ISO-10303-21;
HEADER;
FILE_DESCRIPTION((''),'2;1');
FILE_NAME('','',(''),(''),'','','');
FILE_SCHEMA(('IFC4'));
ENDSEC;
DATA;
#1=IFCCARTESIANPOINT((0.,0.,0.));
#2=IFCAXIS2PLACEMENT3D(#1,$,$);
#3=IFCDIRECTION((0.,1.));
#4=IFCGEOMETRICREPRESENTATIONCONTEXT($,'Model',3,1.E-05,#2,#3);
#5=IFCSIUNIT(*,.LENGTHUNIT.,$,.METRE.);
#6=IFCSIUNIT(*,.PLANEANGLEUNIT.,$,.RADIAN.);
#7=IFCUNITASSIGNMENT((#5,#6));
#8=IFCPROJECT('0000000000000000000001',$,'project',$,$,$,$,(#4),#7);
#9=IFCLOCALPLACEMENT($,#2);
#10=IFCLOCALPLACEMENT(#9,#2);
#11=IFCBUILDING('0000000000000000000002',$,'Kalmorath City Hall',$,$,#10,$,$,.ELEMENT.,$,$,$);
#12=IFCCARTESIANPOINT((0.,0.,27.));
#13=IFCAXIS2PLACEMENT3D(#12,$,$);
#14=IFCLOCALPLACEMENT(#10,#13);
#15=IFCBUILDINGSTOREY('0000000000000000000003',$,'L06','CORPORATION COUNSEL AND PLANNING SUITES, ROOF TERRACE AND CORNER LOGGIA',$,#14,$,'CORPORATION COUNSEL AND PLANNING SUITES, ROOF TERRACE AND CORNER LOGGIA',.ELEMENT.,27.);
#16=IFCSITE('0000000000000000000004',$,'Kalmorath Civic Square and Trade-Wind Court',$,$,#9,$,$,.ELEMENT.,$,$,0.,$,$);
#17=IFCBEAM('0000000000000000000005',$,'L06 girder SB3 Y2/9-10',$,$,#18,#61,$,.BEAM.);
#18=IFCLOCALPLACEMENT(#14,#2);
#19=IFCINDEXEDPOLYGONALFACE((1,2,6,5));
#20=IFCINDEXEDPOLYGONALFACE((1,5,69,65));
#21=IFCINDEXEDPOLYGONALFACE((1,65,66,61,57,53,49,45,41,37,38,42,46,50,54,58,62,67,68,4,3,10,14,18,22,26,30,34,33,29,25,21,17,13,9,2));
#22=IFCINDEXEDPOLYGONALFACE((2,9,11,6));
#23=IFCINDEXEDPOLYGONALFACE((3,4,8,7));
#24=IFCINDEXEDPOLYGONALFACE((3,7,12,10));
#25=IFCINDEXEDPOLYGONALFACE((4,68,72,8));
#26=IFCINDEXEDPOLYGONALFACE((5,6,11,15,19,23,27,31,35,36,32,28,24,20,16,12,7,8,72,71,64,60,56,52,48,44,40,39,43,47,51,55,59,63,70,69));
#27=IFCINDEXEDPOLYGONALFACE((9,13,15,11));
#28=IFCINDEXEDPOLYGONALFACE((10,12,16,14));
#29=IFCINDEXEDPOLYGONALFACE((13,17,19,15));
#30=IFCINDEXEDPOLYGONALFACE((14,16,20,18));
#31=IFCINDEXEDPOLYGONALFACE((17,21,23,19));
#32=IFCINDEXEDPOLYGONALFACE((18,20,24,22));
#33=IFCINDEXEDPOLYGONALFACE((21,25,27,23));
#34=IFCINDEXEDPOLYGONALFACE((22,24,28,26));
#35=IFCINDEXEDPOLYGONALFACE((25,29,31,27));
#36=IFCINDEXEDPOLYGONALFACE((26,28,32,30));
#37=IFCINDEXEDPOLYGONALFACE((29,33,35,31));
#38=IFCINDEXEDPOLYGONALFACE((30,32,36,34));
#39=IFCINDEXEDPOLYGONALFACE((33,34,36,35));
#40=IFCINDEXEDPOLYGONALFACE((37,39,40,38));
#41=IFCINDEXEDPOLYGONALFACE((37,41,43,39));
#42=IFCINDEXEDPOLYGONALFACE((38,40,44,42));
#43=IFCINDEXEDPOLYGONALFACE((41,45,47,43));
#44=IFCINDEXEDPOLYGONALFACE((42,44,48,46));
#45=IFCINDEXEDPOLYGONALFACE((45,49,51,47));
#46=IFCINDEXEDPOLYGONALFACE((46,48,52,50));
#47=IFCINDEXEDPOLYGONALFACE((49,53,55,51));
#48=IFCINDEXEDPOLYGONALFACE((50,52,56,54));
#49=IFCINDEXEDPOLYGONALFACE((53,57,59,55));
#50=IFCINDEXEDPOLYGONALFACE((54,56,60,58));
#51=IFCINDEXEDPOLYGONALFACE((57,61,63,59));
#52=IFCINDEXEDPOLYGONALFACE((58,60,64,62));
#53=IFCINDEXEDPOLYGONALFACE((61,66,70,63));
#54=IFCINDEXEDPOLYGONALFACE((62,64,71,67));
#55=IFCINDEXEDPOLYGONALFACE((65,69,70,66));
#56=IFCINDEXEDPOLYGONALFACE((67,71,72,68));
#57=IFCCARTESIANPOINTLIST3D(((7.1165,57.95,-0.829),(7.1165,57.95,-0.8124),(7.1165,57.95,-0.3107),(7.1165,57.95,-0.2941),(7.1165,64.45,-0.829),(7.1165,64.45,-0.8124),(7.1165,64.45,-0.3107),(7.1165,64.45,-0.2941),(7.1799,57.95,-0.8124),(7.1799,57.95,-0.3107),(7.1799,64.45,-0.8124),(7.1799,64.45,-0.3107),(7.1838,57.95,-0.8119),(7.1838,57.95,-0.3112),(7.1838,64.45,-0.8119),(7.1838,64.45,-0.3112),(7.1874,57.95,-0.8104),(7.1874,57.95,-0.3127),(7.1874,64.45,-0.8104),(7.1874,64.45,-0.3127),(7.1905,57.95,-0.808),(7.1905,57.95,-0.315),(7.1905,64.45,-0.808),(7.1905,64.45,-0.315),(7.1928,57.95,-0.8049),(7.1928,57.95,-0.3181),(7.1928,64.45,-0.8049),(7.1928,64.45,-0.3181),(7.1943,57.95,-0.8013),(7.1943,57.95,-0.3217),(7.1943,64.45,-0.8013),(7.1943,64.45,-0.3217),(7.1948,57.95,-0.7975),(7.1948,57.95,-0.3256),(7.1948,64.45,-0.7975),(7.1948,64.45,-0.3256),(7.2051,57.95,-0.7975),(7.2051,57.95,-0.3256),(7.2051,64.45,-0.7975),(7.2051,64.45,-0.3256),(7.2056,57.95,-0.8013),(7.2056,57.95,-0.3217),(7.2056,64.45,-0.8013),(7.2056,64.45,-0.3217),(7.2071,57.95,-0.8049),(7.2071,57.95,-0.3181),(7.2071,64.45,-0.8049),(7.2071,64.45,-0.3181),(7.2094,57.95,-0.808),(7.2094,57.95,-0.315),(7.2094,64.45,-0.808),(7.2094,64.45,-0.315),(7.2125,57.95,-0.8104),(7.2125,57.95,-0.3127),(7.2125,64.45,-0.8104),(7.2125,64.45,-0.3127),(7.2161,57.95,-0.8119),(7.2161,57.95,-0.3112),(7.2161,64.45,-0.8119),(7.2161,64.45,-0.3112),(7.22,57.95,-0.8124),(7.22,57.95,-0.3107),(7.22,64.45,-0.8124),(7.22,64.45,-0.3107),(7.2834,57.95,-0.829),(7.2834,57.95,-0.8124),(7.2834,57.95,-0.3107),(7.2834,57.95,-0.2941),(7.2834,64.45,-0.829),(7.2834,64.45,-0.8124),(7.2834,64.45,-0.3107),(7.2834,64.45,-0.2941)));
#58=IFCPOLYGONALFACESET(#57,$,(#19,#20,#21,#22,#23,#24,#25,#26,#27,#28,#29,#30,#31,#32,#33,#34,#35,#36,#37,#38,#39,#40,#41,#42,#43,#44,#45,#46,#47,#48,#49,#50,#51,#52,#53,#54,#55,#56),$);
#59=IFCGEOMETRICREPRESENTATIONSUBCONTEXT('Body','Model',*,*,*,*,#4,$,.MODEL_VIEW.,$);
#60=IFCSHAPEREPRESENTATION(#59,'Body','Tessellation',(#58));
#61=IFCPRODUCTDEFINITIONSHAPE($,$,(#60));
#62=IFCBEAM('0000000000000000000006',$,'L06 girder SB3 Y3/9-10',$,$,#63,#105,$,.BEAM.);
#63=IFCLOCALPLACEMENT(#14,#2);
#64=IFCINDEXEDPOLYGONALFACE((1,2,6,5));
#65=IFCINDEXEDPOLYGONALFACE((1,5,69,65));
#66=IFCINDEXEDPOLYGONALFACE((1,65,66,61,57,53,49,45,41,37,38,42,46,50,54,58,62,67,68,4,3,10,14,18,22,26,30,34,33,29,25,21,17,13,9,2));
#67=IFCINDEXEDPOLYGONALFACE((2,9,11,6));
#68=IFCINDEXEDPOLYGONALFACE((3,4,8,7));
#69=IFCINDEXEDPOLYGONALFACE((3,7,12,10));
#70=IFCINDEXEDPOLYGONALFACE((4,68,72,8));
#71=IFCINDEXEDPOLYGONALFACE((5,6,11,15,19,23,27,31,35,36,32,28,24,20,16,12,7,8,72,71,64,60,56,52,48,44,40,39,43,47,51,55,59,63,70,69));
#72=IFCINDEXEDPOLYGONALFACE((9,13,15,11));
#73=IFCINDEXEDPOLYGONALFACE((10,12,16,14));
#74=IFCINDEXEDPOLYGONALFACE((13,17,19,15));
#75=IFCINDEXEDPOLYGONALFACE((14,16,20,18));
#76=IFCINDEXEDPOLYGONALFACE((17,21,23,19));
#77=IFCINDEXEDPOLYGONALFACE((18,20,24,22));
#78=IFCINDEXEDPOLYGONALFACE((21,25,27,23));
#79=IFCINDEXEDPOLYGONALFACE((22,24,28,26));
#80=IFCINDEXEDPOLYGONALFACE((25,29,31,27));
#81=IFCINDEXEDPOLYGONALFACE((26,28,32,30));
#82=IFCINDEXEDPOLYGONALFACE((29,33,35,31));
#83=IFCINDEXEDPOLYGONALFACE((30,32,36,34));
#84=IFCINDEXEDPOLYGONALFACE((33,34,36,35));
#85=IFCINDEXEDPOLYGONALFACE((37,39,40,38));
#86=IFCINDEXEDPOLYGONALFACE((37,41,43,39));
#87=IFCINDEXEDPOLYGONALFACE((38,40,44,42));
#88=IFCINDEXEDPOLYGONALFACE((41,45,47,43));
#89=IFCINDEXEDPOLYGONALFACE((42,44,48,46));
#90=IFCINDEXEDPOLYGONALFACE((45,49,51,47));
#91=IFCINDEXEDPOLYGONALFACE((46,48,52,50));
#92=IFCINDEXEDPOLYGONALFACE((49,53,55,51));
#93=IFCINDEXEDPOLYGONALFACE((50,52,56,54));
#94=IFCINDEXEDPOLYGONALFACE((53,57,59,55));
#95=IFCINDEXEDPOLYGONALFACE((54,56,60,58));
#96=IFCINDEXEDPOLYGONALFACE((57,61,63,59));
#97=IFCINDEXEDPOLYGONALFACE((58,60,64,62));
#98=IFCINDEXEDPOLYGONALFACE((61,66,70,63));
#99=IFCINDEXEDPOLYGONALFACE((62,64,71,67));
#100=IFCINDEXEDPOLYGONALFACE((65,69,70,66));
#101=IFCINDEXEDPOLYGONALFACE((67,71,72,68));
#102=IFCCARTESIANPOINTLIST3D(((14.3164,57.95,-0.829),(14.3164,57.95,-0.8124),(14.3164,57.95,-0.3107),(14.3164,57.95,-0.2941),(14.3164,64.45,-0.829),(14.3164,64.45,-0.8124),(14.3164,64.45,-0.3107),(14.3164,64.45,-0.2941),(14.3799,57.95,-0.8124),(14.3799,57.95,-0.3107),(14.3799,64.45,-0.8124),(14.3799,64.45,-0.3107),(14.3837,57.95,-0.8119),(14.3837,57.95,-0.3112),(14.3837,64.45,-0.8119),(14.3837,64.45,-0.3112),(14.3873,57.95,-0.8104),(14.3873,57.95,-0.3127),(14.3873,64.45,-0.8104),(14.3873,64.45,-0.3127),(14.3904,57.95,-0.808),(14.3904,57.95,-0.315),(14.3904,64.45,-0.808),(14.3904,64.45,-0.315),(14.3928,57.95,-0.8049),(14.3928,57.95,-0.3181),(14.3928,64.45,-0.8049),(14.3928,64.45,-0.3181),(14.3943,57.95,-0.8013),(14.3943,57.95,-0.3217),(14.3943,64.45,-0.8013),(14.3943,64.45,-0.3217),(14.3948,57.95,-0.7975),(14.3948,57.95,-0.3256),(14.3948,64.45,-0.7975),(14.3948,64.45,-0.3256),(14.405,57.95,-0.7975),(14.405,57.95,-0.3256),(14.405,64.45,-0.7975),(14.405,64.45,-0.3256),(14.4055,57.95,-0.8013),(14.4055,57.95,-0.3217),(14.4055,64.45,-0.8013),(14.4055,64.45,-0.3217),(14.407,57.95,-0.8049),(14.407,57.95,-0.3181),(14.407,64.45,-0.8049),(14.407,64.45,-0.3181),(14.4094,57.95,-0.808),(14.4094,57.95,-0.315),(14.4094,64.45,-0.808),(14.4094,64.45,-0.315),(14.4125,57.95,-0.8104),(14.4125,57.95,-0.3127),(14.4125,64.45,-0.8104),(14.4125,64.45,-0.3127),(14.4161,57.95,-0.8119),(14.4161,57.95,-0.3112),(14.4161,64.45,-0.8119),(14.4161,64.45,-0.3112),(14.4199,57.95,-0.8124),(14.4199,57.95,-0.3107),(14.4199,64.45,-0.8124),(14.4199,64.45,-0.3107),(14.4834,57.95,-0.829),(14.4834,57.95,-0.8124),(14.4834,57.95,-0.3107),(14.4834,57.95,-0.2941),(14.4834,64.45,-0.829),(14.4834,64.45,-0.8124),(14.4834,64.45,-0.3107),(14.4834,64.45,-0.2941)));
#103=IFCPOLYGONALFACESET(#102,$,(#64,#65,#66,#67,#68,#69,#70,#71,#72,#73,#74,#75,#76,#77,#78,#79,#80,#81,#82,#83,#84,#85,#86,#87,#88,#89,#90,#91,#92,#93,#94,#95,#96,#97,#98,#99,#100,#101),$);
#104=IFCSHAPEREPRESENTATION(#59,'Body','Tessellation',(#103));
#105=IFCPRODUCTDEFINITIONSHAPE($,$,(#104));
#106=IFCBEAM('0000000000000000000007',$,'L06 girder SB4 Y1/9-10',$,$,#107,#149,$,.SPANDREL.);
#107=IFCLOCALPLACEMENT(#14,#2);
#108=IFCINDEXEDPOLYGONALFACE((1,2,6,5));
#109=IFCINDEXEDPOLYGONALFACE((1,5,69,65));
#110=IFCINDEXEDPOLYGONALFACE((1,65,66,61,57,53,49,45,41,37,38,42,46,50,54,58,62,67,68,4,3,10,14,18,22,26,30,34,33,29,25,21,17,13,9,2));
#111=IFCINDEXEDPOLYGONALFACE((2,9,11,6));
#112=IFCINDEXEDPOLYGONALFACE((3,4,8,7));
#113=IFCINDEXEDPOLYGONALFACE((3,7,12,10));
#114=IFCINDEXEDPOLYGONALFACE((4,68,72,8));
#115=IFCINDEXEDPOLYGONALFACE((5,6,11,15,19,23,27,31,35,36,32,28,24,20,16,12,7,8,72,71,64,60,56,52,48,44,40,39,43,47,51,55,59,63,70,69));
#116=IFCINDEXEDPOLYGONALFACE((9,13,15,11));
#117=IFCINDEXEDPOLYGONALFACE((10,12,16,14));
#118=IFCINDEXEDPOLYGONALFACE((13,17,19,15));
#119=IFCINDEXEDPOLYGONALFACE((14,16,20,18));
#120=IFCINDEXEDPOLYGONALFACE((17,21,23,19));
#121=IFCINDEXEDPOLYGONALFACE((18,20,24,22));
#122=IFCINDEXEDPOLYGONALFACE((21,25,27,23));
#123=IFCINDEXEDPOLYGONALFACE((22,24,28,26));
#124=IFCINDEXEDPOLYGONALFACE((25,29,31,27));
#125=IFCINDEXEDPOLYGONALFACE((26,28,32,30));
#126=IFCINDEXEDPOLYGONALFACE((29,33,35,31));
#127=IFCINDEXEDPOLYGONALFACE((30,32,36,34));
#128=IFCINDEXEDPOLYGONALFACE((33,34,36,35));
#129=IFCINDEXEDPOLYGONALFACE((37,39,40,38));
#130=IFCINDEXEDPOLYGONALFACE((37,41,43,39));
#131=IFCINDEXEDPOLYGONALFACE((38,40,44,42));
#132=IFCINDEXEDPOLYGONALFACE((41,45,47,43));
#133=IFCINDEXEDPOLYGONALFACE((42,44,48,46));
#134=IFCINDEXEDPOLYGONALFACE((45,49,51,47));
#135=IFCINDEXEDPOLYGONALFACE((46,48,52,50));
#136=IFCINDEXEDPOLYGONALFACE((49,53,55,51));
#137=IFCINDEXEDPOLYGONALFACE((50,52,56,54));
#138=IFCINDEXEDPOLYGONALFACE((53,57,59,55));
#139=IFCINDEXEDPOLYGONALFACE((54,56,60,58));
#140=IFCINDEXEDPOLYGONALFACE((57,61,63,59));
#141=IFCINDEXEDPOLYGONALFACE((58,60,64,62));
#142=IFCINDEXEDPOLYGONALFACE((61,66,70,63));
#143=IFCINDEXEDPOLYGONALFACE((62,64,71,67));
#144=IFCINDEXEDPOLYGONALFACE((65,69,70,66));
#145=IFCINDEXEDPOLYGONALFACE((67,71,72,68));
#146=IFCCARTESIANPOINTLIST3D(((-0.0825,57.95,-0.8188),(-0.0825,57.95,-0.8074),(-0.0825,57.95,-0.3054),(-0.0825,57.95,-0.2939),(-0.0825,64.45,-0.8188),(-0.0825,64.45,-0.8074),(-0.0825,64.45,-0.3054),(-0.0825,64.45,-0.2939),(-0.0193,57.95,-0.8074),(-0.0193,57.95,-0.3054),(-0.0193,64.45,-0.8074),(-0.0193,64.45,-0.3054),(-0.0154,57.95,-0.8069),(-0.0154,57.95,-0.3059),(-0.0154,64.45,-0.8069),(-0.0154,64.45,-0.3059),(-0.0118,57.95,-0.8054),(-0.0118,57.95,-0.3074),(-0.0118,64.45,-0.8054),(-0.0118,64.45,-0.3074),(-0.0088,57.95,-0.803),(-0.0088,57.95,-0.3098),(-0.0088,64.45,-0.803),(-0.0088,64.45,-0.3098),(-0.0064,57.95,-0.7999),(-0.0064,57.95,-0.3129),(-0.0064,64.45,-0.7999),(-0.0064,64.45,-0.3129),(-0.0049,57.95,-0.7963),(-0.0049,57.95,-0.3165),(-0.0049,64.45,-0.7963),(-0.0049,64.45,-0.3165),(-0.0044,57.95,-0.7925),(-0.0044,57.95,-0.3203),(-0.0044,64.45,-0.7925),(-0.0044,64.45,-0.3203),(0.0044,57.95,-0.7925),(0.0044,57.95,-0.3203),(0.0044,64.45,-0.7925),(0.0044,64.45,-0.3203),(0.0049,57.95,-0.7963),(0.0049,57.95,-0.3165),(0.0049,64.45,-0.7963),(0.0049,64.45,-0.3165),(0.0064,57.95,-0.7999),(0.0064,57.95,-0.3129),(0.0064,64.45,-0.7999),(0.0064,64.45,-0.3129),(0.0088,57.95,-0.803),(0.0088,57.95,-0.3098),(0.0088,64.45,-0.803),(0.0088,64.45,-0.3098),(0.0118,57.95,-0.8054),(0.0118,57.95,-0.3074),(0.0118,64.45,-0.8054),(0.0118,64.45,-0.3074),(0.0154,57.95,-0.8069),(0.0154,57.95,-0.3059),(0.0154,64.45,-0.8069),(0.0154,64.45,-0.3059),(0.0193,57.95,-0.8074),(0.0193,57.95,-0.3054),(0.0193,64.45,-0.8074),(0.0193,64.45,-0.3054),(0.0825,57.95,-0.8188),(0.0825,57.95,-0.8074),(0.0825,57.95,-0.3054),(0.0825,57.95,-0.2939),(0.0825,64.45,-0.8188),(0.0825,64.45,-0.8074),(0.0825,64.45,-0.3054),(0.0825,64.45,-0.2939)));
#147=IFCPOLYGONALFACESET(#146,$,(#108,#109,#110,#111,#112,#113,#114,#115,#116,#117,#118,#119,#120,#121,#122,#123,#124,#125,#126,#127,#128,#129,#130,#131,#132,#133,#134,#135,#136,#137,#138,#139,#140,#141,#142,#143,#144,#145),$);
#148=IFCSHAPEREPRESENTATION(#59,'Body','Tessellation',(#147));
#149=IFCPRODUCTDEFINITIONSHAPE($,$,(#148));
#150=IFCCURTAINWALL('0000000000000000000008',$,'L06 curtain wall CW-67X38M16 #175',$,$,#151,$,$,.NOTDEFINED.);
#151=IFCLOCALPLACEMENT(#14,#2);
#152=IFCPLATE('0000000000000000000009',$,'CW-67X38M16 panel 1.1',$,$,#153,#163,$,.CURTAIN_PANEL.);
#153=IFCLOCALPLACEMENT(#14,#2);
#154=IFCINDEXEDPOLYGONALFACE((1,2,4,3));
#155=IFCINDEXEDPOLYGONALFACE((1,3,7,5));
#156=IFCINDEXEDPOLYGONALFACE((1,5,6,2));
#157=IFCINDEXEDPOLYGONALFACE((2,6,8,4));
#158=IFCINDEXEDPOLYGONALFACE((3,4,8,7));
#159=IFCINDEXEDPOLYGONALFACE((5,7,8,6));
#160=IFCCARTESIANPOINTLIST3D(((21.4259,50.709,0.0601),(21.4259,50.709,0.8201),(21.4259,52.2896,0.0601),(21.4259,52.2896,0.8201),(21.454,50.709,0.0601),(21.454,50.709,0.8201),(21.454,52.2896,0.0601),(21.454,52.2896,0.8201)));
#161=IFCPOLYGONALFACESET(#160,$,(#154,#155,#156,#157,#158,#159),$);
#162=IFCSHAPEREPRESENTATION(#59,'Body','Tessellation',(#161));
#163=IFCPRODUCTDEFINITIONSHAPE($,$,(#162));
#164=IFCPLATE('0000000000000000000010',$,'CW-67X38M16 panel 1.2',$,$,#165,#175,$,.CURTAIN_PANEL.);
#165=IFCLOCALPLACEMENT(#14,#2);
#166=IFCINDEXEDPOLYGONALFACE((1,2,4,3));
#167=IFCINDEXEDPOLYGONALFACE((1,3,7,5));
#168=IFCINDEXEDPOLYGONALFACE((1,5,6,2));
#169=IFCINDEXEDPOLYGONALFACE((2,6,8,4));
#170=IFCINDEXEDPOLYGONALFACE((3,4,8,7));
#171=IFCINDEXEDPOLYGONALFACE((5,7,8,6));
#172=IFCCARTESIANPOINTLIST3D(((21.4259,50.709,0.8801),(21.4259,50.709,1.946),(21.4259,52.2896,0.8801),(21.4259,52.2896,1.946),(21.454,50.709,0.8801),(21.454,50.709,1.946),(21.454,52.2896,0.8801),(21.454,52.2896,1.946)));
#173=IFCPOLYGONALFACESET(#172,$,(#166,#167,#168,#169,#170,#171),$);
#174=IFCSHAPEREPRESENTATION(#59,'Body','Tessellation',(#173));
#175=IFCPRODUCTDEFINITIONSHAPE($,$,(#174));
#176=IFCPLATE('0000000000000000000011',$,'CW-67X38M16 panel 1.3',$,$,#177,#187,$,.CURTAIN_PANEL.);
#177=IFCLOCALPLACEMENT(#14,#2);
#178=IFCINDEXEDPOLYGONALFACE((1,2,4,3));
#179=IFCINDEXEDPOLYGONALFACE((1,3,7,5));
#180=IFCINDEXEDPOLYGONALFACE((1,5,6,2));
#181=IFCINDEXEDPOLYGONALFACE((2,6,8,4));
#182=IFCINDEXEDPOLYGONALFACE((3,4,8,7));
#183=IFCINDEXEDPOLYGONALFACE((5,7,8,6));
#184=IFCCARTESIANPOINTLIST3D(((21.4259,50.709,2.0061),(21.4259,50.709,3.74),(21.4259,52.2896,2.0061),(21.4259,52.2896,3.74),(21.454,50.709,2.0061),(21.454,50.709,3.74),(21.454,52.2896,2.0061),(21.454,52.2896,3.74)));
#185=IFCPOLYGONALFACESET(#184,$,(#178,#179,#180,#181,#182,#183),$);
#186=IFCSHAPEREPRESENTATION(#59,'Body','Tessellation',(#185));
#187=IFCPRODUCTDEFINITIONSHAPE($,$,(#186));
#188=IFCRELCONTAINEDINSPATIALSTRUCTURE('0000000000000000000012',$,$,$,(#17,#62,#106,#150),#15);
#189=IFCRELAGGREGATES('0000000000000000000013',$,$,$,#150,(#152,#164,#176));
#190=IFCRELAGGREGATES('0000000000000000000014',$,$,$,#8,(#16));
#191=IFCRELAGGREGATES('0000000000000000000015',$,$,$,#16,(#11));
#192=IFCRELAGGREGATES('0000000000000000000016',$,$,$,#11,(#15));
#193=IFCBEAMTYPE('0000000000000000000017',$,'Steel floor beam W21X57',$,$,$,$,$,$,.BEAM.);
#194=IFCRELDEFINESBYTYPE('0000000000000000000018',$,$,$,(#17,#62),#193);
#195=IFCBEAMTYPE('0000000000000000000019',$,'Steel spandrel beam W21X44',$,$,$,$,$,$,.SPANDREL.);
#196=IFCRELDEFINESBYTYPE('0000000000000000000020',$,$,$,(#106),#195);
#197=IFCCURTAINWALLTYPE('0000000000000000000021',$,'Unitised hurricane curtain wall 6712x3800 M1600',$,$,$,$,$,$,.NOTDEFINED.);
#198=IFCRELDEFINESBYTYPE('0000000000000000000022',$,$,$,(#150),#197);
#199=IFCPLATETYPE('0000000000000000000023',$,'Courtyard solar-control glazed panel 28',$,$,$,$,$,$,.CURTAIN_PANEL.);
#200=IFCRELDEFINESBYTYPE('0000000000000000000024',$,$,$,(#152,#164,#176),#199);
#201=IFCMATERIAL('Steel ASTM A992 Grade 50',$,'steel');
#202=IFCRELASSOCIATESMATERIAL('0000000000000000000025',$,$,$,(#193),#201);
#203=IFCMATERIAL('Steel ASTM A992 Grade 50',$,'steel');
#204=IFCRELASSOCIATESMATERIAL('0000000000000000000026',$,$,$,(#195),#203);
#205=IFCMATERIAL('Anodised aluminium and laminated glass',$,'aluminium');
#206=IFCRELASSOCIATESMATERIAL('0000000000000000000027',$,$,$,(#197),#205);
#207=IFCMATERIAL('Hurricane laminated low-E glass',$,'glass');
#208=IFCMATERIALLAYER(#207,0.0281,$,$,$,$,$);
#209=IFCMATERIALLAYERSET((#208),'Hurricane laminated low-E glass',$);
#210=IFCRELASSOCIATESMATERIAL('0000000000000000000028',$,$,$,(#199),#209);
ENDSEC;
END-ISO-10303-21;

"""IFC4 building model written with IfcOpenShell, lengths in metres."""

from ifc_helpers import new_model, si_unit, direction, frame, origin, origin_2d, place, context, subcontext, project, spatial, rectangle, i_section, extrude, material, layer, layer_set, material_profile, profile_set, type_object, element, aggregate, save


model = new_model("IFC4")

# Units and contexts
model_context = context("Model", 3, precision=1e-05, world=origin(), true_north=direction((0.0, 1.0)))
body_context = subcontext(model_context, "Body", "Model", "MODEL_VIEW")
ifc_project = project(units=[si_unit("LENGTHUNIT", "METRE"), si_unit("PLANEANGLEUNIT", "RADIAN")], contexts=[model_context])

# Site, building, storey
site_placement = place(None, origin())
site = spatial("IfcSite", under=ifc_project, at=site_placement, Name="Kalmorath Civic Square and Trade-Wind Court", CompositionType="ELEMENT", RefElevation=0.0)
building_placement = place(site_placement, origin())
building = spatial("IfcBuilding", under=site, at=building_placement, Name="Kalmorath City Hall", CompositionType="ELEMENT")
storey_placement = place(building_placement, frame((0.0, 0.0, 27.0)))
storey = spatial("IfcBuildingStorey", under=building, at=storey_placement, Name="L06", Description="CORPORATION COUNSEL AND PLANNING SUITES, ROOF TERRACE AND CORNER LOGGIA", LongName="CORPORATION COUNSEL AND PLANNING SUITES, ROOF TERRACE AND CORNER LOGGIA", CompositionType="ELEMENT", Elevation=27.0)

# Beams
ifc_material_1 = material(Name="Steel ASTM A992 Grade 50", Category="steel")
ifc_material_profile_1 = material_profile(ifc_material_1, i_section(OverallWidth=0.167, OverallDepth=0.5349, WebThickness=0.0103, FlangeThickness=0.0166, FilletRadius=0.0149, at=origin_2d()), Name="W21X57")
ifc_profile_set_1 = profile_set([ifc_material_profile_1], Name="Steel ASTM A992 Grade 50")
beam_type_1 = type_object("IfcBeamType", Name="Steel floor beam W21X57", PredefinedType="BEAM", material=ifc_profile_set_1)
for number, where, z_axis, x_axis, name in (
    (1, (7.2, 57.95, -0.5615), (0.0, 1.0, 0.0), (-1.0, 0.0, 0.0), "L06 girder SB3 Y2/9-10"),
    (2, (14.3999, 57.95, -0.5615), (0.0, 1.0, 0.0), (-1.0, 0.0, 0.0), "L06 girder SB3 Y3/9-10"),
):
    element("IfcBeam", number, at=place(storey_placement, frame(where, z_axis=z_axis, x_axis=x_axis)), inside=storey, type_object=beam_type_1, Name=name, PredefinedType="BEAM", context=body_context, shape_type="SweptSolid", body=[
        extrude(i_section(OverallWidth=0.167, OverallDepth=0.5349, WebThickness=0.0103, FlangeThickness=0.0166, FilletRadius=0.0149, at=origin_2d()), origin(), (0.0, 0.0, 1.0), 6.5),
    ])
ifc_material_2 = material(Name="Steel ASTM A992 Grade 50", Category="steel")
ifc_material_profile_2 = material_profile(ifc_material_2, i_section(OverallWidth=0.165, OverallDepth=0.5249, WebThickness=0.0088, FlangeThickness=0.0115, FilletRadius=0.0149, at=origin_2d()), Name="W21X44")
ifc_profile_set_2 = profile_set([ifc_material_profile_2], Name="Steel ASTM A992 Grade 50")
beam_type_2 = type_object("IfcBeamType", Name="Steel spandrel beam W21X44", PredefinedType="SPANDREL", material=ifc_profile_set_2)
beam_placement = place(storey_placement, frame((0.0, 57.95, -0.5564), z_axis=(0.0, 1.0, 0.0), x_axis=(-1.0, 0.0, 0.0)))
element("IfcBeam", 3, at=beam_placement, inside=storey, type_object=beam_type_2, Name="L06 girder SB4 Y1/9-10", PredefinedType="SPANDREL", context=body_context, shape_type="SweptSolid", body=[
    extrude(i_section(OverallWidth=0.165, OverallDepth=0.5249, WebThickness=0.0088, FlangeThickness=0.0115, FilletRadius=0.0149, at=origin_2d()), origin(), (0.0, 0.0, 1.0), 6.5),
])

# Curtain wall, plates
ifc_material_3 = material(Name="Anodised aluminium and laminated glass", Category="aluminium")
curtain_wall_type = type_object("IfcCurtainWallType", Name="Unitised hurricane curtain wall 6712x3800 M1600", PredefinedType="NOTDEFINED", material=ifc_material_3)
curtain_wall_placement = place(storey_placement, origin())
curtain_wall = element("IfcCurtainWall", 4, at=curtain_wall_placement, inside=storey, type_object=curtain_wall_type, Name="L06 curtain wall CW-67X38M16 #175", PredefinedType="NOTDEFINED")
ifc_material_4 = material(Name="Hurricane laminated low-E glass", Category="glass")
ifc_layer_1 = layer(ifc_material_4, 0.0281)
ifc_layer_set_1 = layer_set([ifc_layer_1], Name="Hurricane laminated low-E glass")
plate_type = type_object("IfcPlateType", Name="Courtyard solar-control glazed panel 28", PredefinedType="CURTAIN_PANEL", material=ifc_layer_set_1)
plate_1_placement = place(storey_placement, frame((21.4399, 51.4993, 0.0601), z_axis=(0.0, 0.0, 1.0), x_axis=(0.0, 1.0, 0.0)))
plate_1 = element("IfcPlate", 5, at=plate_1_placement, type_object=plate_type, Name="CW-67X38M16 panel 1.1", PredefinedType="CURTAIN_PANEL", context=body_context, shape_type="SweptSolid", body=[
    extrude(rectangle(XDim=1.5806, YDim=0.0281, at=origin_2d()), origin(), (0.0, 0.0, 1.0), 0.76),
])
plate_2_placement = place(storey_placement, frame((21.4399, 51.4993, 0.8801), z_axis=(0.0, 0.0, 1.0), x_axis=(0.0, 1.0, 0.0)))
plate_2 = element("IfcPlate", 6, at=plate_2_placement, type_object=plate_type, Name="CW-67X38M16 panel 1.2", PredefinedType="CURTAIN_PANEL", context=body_context, shape_type="SweptSolid", body=[
    extrude(rectangle(XDim=1.5806, YDim=0.0281, at=origin_2d()), origin(), (0.0, 0.0, 1.0), 1.0659),
])
plate_3_placement = place(storey_placement, frame((21.4399, 51.4993, 2.0061), z_axis=(0.0, 0.0, 1.0), x_axis=(0.0, 1.0, 0.0)))
plate_3 = element("IfcPlate", 7, at=plate_3_placement, type_object=plate_type, Name="CW-67X38M16 panel 1.3", PredefinedType="CURTAIN_PANEL", context=body_context, shape_type="SweptSolid", body=[
    extrude(rectangle(XDim=1.5806, YDim=0.0281, at=origin_2d()), origin(), (0.0, 0.0, 1.0), 1.7339),
])
aggregate(curtain_wall, [plate_1, plate_2, plate_3])

save(model, "model.ifc")
